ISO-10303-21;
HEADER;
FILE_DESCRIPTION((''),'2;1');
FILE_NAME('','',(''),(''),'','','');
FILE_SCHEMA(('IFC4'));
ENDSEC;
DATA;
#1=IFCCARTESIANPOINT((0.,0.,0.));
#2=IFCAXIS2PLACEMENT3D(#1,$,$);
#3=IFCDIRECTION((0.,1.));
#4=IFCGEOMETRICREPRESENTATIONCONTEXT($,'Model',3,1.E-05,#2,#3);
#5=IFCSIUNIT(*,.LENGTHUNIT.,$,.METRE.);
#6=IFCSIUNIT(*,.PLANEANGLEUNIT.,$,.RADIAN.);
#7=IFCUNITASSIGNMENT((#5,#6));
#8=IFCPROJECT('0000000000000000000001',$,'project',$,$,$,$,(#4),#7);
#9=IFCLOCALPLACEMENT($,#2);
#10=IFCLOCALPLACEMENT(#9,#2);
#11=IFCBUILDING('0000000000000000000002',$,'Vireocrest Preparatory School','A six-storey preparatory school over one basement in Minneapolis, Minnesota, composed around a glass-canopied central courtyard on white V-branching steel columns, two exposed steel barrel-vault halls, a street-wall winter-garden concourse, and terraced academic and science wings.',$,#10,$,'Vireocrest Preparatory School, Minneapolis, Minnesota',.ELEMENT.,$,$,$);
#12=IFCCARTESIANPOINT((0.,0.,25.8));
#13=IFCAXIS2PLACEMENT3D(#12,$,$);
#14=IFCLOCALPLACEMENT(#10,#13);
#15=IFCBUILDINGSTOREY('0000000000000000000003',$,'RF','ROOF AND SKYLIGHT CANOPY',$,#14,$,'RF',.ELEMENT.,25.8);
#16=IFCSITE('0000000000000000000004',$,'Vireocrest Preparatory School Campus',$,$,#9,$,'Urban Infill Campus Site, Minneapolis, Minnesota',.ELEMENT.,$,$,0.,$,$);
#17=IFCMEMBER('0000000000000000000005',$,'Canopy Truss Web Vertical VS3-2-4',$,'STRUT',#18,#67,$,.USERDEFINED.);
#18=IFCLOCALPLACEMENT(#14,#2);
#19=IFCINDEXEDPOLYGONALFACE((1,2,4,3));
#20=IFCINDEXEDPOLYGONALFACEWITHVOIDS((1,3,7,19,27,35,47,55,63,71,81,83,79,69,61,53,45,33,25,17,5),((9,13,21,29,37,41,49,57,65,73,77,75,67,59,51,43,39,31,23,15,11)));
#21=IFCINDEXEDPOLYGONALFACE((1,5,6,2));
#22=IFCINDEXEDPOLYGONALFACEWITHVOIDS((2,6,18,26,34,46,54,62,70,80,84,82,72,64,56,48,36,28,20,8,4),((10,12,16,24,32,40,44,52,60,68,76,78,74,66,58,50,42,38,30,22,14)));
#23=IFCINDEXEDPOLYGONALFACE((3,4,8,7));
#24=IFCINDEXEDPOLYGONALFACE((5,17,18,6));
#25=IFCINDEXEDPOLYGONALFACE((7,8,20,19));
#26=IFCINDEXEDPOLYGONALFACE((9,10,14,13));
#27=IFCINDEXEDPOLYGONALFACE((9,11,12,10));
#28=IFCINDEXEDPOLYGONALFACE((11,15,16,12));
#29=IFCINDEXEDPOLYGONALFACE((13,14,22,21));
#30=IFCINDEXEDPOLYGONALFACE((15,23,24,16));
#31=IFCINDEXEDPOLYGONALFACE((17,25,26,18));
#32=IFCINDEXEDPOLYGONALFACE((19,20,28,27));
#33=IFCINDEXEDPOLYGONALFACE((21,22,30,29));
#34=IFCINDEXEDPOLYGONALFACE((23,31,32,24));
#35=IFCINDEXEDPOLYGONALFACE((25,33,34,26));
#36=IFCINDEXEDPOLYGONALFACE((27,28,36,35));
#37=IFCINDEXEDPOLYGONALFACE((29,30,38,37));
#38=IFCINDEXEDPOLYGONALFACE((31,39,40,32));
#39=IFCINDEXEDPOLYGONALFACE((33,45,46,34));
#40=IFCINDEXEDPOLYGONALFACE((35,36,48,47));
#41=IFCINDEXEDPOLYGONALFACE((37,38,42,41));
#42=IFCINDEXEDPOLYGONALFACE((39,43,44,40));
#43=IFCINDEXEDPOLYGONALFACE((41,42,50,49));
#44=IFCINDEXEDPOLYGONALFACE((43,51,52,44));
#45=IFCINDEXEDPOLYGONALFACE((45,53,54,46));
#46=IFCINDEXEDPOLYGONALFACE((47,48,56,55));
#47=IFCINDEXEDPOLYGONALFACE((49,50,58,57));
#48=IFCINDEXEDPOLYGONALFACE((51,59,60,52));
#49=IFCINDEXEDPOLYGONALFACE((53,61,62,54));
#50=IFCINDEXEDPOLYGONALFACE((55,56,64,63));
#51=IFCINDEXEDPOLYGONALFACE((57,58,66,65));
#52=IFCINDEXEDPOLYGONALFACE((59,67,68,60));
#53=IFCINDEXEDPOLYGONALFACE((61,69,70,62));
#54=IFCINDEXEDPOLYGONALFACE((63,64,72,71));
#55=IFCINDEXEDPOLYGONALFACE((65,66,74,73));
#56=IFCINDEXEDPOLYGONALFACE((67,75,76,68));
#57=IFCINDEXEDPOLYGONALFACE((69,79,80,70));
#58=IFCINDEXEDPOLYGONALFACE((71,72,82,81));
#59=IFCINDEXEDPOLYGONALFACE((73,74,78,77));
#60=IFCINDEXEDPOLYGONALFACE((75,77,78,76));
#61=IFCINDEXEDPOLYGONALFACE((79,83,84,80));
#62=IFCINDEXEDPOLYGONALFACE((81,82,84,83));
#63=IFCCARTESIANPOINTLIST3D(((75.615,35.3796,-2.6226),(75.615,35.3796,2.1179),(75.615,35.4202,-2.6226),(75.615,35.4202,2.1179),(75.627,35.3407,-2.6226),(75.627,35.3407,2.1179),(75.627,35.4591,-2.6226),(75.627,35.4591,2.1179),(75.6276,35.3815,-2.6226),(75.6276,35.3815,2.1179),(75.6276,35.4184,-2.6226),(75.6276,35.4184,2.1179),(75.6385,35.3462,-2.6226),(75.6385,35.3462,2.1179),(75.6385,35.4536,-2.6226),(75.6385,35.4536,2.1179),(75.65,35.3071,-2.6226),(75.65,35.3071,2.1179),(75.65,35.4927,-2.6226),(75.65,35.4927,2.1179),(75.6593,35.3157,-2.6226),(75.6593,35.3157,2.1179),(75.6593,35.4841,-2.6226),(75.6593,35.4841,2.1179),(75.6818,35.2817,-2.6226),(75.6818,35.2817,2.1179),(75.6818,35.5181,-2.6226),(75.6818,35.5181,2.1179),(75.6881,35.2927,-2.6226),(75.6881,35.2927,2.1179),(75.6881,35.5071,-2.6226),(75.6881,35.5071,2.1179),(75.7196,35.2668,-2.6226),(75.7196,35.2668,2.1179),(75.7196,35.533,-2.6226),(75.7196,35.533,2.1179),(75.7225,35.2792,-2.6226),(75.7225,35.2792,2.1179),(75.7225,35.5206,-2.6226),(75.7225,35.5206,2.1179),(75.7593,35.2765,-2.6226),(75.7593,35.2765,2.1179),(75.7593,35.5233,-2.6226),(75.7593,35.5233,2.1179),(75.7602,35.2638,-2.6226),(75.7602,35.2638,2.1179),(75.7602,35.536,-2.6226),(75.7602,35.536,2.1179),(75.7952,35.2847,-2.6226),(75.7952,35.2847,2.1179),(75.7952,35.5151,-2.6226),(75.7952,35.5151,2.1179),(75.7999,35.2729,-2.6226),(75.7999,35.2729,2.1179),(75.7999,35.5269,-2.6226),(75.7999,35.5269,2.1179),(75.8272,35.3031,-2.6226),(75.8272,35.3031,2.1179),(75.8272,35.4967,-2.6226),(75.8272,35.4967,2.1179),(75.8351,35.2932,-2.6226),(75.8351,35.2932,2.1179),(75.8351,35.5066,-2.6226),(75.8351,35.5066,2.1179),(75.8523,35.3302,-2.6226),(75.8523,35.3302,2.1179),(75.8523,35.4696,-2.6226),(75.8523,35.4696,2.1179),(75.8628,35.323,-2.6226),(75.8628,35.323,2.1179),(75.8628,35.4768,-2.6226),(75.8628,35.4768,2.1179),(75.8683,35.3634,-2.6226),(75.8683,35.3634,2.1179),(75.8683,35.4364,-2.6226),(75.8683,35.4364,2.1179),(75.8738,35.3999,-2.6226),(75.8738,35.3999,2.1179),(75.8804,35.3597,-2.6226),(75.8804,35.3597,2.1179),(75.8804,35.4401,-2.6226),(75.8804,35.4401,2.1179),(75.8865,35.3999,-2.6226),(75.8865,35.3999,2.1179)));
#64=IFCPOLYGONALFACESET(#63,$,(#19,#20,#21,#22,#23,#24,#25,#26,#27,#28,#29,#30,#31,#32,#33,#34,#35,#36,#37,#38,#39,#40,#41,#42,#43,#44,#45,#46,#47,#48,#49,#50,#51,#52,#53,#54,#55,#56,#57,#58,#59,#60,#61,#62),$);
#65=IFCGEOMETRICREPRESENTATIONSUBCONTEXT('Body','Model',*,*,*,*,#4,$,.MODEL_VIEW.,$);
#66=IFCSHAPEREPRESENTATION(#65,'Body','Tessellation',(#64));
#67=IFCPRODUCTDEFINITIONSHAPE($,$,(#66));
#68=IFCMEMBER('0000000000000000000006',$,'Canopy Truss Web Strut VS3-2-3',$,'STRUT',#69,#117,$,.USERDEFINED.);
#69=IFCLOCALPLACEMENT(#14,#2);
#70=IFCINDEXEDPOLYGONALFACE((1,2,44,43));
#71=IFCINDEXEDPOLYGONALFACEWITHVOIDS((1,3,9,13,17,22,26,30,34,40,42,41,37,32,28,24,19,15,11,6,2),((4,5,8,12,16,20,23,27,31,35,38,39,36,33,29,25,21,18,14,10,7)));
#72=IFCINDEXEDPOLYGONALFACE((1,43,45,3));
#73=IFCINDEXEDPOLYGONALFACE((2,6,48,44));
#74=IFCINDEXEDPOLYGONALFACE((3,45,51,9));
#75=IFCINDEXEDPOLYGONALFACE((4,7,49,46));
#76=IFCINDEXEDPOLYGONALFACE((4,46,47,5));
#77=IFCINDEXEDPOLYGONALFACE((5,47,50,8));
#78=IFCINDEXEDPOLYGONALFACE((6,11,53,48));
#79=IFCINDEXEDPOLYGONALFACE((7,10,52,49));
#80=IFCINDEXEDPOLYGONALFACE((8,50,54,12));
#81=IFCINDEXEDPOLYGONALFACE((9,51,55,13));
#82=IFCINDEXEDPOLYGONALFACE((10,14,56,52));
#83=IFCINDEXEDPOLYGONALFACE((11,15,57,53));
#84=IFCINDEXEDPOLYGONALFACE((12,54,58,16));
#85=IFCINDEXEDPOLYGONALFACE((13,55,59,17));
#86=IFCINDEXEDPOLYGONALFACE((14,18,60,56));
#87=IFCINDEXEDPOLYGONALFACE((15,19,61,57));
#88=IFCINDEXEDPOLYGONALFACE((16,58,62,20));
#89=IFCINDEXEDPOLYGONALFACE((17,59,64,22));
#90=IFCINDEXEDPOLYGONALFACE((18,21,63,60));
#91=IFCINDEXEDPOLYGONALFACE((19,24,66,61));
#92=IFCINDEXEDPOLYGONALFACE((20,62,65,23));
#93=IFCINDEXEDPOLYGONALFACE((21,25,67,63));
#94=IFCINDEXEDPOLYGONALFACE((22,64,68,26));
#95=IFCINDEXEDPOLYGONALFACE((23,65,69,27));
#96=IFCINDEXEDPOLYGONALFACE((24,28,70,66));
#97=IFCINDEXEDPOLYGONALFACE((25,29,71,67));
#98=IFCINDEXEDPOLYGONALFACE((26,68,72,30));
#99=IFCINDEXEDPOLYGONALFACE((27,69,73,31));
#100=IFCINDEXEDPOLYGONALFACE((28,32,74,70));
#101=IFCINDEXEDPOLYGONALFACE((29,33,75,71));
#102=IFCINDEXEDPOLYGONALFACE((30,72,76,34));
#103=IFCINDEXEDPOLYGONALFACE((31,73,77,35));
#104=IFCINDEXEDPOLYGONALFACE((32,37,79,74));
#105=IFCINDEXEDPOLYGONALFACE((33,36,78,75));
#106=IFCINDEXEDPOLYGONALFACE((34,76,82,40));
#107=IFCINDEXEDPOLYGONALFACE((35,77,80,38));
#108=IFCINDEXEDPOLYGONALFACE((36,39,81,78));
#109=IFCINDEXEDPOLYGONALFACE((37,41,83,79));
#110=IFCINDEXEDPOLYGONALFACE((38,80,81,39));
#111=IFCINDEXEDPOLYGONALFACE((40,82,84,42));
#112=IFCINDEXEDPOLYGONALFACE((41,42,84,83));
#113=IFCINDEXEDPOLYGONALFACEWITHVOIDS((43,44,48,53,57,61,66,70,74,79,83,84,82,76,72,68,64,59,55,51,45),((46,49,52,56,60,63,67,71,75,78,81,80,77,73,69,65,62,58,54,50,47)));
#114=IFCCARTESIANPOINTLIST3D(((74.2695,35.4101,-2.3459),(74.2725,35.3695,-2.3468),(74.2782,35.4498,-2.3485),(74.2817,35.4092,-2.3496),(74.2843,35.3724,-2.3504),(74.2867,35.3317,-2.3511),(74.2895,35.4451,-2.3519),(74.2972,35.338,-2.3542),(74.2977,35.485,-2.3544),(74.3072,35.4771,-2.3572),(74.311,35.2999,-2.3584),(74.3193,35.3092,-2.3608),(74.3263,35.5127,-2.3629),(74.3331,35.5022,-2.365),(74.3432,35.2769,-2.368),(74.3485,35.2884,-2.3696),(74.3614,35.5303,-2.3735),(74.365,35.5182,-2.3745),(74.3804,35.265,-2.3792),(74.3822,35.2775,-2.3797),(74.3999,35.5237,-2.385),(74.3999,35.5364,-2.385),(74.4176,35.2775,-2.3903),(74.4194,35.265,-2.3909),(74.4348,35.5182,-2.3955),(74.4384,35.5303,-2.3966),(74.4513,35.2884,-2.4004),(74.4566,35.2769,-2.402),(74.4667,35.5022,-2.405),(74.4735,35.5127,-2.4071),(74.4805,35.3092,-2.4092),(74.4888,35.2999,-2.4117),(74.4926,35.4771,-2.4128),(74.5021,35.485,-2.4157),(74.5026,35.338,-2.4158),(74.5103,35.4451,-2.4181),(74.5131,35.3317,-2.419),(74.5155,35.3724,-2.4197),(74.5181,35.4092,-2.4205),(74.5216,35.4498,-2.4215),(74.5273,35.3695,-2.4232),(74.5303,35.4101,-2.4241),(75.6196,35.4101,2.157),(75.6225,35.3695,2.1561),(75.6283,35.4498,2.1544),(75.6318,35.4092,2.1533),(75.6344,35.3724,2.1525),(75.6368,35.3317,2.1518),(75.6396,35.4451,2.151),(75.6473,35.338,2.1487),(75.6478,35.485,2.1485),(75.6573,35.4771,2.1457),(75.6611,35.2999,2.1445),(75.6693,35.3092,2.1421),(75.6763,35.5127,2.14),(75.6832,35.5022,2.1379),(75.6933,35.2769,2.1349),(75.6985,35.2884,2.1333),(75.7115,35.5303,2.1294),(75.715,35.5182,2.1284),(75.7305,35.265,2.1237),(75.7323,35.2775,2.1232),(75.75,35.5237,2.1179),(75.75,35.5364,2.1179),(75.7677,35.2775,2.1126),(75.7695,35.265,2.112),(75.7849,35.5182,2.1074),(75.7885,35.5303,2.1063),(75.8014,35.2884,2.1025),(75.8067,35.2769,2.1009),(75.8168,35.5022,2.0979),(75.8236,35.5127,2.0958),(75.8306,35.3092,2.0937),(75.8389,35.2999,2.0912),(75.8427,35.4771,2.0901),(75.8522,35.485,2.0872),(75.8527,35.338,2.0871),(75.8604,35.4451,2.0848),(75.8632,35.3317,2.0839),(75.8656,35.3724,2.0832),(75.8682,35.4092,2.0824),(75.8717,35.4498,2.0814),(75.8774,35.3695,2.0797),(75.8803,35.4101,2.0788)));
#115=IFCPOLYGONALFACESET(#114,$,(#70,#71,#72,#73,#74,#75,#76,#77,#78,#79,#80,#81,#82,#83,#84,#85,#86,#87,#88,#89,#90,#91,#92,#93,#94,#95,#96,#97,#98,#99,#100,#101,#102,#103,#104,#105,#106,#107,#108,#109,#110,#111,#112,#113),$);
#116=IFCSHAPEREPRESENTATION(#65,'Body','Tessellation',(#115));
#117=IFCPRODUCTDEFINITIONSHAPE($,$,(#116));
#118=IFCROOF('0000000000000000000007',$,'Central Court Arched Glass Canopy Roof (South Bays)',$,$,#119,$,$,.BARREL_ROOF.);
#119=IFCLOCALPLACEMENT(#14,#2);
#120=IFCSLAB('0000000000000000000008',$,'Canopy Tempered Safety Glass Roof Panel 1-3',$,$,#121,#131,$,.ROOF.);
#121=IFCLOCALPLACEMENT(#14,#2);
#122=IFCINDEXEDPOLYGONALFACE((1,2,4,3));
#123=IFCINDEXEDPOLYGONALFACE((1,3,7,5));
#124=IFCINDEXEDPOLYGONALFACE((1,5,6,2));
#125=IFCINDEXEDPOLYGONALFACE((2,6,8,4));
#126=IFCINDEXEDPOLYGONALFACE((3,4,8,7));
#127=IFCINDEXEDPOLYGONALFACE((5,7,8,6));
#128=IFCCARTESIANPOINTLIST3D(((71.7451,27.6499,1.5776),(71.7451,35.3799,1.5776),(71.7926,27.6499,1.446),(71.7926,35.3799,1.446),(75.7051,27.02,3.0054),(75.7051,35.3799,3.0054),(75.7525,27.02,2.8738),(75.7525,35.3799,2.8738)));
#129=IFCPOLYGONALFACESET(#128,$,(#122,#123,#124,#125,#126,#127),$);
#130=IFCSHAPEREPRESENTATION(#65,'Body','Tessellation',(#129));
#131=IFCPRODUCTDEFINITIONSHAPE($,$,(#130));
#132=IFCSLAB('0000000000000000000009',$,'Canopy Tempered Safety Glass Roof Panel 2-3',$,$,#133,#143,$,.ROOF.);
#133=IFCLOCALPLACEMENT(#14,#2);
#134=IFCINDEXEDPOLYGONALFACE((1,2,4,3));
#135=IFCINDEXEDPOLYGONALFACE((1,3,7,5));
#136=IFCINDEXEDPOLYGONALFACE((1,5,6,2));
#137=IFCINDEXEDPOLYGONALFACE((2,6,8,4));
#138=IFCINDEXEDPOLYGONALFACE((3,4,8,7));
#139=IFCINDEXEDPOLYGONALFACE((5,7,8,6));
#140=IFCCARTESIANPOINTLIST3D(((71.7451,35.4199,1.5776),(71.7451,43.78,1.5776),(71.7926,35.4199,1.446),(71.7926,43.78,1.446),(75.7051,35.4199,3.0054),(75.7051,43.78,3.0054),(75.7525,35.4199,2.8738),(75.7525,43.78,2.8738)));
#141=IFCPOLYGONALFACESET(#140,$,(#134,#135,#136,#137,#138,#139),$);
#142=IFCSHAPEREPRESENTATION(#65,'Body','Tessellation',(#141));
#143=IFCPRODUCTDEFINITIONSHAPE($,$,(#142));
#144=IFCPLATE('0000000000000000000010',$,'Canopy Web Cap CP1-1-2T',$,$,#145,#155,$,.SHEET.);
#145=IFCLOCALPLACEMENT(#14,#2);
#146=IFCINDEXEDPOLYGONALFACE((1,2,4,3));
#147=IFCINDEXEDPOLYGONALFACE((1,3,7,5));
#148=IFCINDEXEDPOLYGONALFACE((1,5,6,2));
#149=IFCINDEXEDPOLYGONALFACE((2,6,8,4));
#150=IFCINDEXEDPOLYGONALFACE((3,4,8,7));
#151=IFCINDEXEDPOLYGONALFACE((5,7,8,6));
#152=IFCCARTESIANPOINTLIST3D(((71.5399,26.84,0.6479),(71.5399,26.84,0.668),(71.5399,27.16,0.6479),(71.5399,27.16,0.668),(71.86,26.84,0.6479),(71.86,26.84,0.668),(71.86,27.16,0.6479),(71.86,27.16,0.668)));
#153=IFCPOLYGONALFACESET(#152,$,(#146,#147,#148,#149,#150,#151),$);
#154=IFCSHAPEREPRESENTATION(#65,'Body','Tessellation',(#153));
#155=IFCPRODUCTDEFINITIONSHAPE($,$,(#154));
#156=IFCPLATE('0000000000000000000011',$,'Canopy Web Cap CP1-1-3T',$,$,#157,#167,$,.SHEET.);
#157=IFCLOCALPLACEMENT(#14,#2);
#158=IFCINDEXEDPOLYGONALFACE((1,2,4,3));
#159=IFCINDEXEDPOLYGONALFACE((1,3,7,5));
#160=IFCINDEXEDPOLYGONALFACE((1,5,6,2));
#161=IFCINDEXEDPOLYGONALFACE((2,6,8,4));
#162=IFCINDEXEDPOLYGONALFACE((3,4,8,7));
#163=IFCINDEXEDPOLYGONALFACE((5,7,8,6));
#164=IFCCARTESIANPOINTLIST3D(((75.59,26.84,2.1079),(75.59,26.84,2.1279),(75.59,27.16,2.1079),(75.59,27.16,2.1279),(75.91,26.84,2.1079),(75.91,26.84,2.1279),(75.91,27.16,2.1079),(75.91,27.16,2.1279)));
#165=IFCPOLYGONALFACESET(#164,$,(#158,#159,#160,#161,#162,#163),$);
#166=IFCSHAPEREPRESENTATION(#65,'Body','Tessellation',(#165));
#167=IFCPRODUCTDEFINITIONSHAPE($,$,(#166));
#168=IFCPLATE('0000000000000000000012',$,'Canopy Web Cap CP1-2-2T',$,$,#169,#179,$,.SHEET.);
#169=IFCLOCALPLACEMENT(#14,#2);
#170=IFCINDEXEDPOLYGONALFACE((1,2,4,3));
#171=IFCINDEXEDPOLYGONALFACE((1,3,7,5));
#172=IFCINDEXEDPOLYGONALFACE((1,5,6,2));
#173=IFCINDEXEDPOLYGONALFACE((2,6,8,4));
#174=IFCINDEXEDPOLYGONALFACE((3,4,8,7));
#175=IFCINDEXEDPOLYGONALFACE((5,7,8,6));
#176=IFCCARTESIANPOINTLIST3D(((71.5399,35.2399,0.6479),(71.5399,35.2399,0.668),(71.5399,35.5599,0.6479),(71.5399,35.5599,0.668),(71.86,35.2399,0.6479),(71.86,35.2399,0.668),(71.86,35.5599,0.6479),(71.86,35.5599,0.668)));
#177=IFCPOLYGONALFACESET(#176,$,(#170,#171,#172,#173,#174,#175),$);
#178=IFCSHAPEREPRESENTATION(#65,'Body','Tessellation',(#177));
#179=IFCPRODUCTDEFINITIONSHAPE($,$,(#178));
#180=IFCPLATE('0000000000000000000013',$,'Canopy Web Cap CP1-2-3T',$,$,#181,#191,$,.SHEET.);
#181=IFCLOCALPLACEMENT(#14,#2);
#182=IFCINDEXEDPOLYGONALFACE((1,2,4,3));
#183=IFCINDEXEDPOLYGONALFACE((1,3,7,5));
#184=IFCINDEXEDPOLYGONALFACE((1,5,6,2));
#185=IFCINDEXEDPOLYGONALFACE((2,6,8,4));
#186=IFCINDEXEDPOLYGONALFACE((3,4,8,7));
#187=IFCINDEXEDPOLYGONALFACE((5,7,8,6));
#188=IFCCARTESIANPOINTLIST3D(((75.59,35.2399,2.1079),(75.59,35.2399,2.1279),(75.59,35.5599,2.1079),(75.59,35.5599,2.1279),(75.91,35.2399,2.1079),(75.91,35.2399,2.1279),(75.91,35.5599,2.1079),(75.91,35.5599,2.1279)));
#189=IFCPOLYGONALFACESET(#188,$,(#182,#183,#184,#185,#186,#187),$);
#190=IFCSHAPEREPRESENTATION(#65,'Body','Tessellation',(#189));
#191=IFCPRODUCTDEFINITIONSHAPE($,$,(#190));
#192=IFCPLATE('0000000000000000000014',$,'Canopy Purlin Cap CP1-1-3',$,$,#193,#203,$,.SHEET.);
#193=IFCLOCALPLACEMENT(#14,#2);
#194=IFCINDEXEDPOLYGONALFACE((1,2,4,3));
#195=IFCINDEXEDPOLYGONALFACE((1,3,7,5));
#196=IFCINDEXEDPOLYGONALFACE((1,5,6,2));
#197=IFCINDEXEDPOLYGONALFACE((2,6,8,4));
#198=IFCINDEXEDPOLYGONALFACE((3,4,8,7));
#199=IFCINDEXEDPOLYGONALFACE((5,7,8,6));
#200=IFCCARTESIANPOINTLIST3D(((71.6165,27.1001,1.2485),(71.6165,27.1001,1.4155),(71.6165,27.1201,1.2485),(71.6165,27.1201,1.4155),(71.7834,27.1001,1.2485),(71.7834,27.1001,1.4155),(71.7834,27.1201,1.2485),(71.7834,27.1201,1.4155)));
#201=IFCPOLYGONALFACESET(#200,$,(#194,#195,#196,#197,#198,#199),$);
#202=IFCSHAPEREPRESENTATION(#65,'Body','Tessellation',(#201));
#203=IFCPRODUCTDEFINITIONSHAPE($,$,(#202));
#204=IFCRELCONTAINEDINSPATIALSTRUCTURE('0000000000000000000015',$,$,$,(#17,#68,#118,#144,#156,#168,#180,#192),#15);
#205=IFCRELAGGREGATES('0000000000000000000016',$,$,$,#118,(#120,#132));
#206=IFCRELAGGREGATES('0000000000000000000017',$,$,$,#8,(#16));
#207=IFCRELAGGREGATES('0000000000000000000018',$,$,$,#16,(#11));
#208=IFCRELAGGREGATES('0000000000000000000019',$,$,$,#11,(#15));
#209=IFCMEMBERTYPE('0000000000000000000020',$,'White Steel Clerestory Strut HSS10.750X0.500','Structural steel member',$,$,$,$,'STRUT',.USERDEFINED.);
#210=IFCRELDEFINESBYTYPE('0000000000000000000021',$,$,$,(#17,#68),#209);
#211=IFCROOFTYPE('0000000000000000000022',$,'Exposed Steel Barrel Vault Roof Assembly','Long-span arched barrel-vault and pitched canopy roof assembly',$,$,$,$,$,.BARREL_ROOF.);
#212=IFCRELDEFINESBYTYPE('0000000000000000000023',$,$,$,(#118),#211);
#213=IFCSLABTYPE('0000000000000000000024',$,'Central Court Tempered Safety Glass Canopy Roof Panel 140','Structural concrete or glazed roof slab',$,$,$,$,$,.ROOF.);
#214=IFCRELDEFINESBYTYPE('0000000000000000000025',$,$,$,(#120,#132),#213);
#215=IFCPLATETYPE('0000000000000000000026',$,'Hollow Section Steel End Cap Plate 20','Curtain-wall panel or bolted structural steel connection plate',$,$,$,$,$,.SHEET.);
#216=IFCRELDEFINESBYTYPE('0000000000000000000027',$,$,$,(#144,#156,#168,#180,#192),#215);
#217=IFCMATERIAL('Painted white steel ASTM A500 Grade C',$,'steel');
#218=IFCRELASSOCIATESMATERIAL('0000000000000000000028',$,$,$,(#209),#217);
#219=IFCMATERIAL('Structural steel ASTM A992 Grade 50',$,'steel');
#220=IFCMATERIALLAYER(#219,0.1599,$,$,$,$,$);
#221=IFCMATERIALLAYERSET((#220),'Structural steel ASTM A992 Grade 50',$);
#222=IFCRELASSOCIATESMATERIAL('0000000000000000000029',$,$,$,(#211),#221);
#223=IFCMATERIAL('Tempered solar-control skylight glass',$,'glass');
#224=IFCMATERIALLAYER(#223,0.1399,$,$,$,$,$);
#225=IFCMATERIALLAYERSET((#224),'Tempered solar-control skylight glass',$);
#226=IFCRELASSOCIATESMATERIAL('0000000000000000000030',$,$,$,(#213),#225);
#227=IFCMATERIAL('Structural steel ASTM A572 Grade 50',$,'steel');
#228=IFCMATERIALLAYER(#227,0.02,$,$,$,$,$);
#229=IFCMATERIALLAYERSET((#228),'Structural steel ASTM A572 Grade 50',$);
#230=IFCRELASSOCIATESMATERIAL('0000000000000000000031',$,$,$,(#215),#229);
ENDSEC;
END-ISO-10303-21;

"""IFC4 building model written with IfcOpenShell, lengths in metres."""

from ifc_helpers import new_model, si_unit, direction, frame, origin, origin_2d, place, context, subcontext, project, spatial, polyline, rectangle, hollow_circle, outline, extrude, material, layer, layer_set, material_profile, profile_set, type_object, element, aggregate, save


model = new_model("IFC4")

# Units and contexts
model_context = context("Model", 3, precision=1e-05, world=origin(), true_north=direction((0.0, 1.0)))
body_context = subcontext(model_context, "Body", "Model", "MODEL_VIEW")
ifc_project = project(units=[si_unit("LENGTHUNIT", "METRE"), si_unit("PLANEANGLEUNIT", "RADIAN")], contexts=[model_context])

# Site, building, storey
site_placement = place(None, origin())
site = spatial("IfcSite", under=ifc_project, at=site_placement, Name="Vireocrest Preparatory School Campus", LongName="Urban Infill Campus Site, Minneapolis, Minnesota", CompositionType="ELEMENT", RefElevation=0.0)
building_placement = place(site_placement, origin())
building = spatial("IfcBuilding", under=site, at=building_placement, Name="Vireocrest Preparatory School", Description="A six-storey preparatory school over one basement in Minneapolis, Minnesota, composed around a glass-canopied central courtyard on white V-branching steel columns, two exposed steel barrel-vault halls, a street-wall winter-garden concourse, and terraced academic and science wings.", LongName="Vireocrest Preparatory School, Minneapolis, Minnesota", CompositionType="ELEMENT")
storey_placement = place(building_placement, frame((0.0, 0.0, 25.8)))
storey = spatial("IfcBuildingStorey", under=building, at=storey_placement, Name="RF", Description="ROOF AND SKYLIGHT CANOPY", LongName="RF", CompositionType="ELEMENT", Elevation=25.8)

# Shared definitions
ifc_material_1 = material(Name="Painted white steel ASTM A500 Grade C", Category="steel")

# Shared definitions
ifc_material_2 = material(Name="Structural steel ASTM A992 Grade 50", Category="steel")

# Members
ifc_material_profile_1 = material_profile(ifc_material_1, hollow_circle(Radius=0.1365, WallThickness=0.0127, at=origin_2d()), Name="HSS10.750X0.500")
ifc_profile_set_1 = profile_set([ifc_material_profile_1], Name="Painted white steel ASTM A500 Grade C")
member_type_1 = type_object("IfcMemberType", Name="White Steel Clerestory Strut HSS10.750X0.500", Description="Structural steel member", ElementType="STRUT", PredefinedType="USERDEFINED", material=ifc_profile_set_1)
member_1_placement = place(storey_placement, frame((75.75, 35.3999, -2.6226), z_axis=(0.0, 0.0, 1.0), x_axis=(1.0, 0.0, 0.0)))
element("IfcMember", 1, at=member_1_placement, inside=storey, type_object=member_type_1, Name="Canopy Truss Web Vertical VS3-2-4", ObjectType="STRUT", PredefinedType="USERDEFINED", context=body_context, shape_type="SweptSolid", body=[
    extrude(hollow_circle(Radius=0.1365, WallThickness=0.0127, at=origin_2d()), origin(), (0.0, 0.0, 1.0), 4.7405),
])
member_2_placement = place(storey_placement, frame((74.3999, 35.3999, -2.385), z_axis=(0.287195, 0.0, 0.957872), x_axis=(0.0, 1.0, 0.0)))
element("IfcMember", 2, at=member_2_placement, inside=storey, type_object=member_type_1, Name="Canopy Truss Web Strut VS3-2-3", ObjectType="STRUT", PredefinedType="USERDEFINED", context=body_context, shape_type="SweptSolid", body=[
    extrude(hollow_circle(Radius=0.1365, WallThickness=0.0127, at=origin_2d()), origin(), (0.0, 0.0, 1.0), 4.7009),
])

# Roof, slabs
ifc_layer_1 = layer(ifc_material_2, 0.1599)
ifc_layer_set_1 = layer_set([ifc_layer_1], Name="Structural steel ASTM A992 Grade 50")
roof_type = type_object("IfcRoofType", Name="Exposed Steel Barrel Vault Roof Assembly", Description="Long-span arched barrel-vault and pitched canopy roof assembly", PredefinedType="BARREL_ROOF", material=ifc_layer_set_1)
roof_placement = place(storey_placement, origin())
roof = element("IfcRoof", 3, at=roof_placement, inside=storey, type_object=roof_type, Name="Central Court Arched Glass Canopy Roof (South Bays)", PredefinedType="BARREL_ROOF")
ifc_material_3 = material(Name="Tempered solar-control skylight glass", Category="glass")
ifc_layer_2 = layer(ifc_material_3, 0.1399)
ifc_layer_set_2 = layer_set([ifc_layer_2], Name="Tempered solar-control skylight glass")
slab_type = type_object("IfcSlabType", Name="Central Court Tempered Safety Glass Canopy Roof Panel 140", Description="Structural concrete or glazed roof slab", PredefinedType="ROOF", material=ifc_layer_set_2)
slab_1_placement = place(storey_placement, frame((71.7451, 27.6499, 1.5776), z_axis=(-0.339171, 0.0, 0.940725), x_axis=(0.930367, -0.147987, 0.335437)))
slab_1 = element("IfcSlab", 4, at=slab_1_placement, type_object=slab_type, Name="Canopy Tempered Safety Glass Roof Panel 1-3", PredefinedType="ROOF", context=body_context, shape_type="SweptSolid", body=[
    extrude(outline(polyline([(0.0, 0.0), (4.2563, 0.0), (3.0192, 8.2678), (-1.1439, 7.6449), (0.0, 0.0)])), origin(), (0.0, 0.0, -1.0), 0.1399),
])
slab_2_placement = place(storey_placement, frame((71.7451, 35.4199, 1.5776), z_axis=(-0.339171, 0.0, 0.940725), x_axis=(0.940725, 0.0, 0.339171)))
slab_2 = element("IfcSlab", 5, at=slab_2_placement, type_object=slab_type, Name="Canopy Tempered Safety Glass Roof Panel 2-3", PredefinedType="ROOF", context=body_context, shape_type="SweptSolid", body=[
    extrude(outline(polyline([(0.0, 0.0), (4.2095, 0.0), (4.2095, 8.3601), (0.0, 8.3601), (0.0, 0.0)])), origin(), (0.0, 0.0, -1.0), 0.1399),
])
aggregate(roof, [slab_1, slab_2])

# Plates
ifc_material_4 = material(Name="Structural steel ASTM A572 Grade 50", Category="steel")
ifc_layer_3 = layer(ifc_material_4, 0.02)
ifc_layer_set_3 = layer_set([ifc_layer_3], Name="Structural steel ASTM A572 Grade 50")
plate_type = type_object("IfcPlateType", Name="Hollow Section Steel End Cap Plate 20", Description="Curtain-wall panel or bolted structural steel connection plate", PredefinedType="SHEET", material=ifc_layer_set_3)
for number, where, z_axis, x_axis, name in (
    (6, (71.7, 27.0, 0.6479), (0.0, 0.0, 1.0), (1.0, 0.0, 0.0), "Canopy Web Cap CP1-1-2T"),
    (7, (75.75, 27.0, 2.1079), (0.0, 0.0, 1.0), (1.0, 0.0, 0.0), "Canopy Web Cap CP1-1-3T"),
    (8, (71.7, 35.3999, 0.6479), (0.0, 0.0, 1.0), (1.0, 0.0, 0.0), "Canopy Web Cap CP1-2-2T"),
    (9, (75.75, 35.3999, 2.1079), (0.0, 0.0, 1.0), (1.0, 0.0, 0.0), "Canopy Web Cap CP1-2-3T"),
):
    element("IfcPlate", number, at=place(storey_placement, frame(where, z_axis=z_axis, x_axis=x_axis)), inside=storey, type_object=plate_type, Name=name, PredefinedType="SHEET", context=body_context, shape_type="SweptSolid", body=[
        extrude(rectangle(XDim=0.3201, YDim=0.3201, at=origin_2d()), origin(), (0.0, 0.0, 1.0), 0.02),
    ])
for number, where, z_axis, x_axis, name in (
    (10, (71.7, 27.1101, 1.2485), (0.0, 0.0, 1.0), (1.0, 0.0, 0.0), "Canopy Purlin Cap CP1-1-3"),
):
    element("IfcPlate", number, at=place(storey_placement, frame(where, z_axis=z_axis, x_axis=x_axis)), inside=storey, type_object=plate_type, Name=name, PredefinedType="SHEET", context=body_context, shape_type="SweptSolid", body=[
        extrude(rectangle(XDim=0.167, YDim=0.02, at=origin_2d()), origin(), (0.0, 0.0, 1.0), 0.167),
    ])

save(model, "model.ifc")
